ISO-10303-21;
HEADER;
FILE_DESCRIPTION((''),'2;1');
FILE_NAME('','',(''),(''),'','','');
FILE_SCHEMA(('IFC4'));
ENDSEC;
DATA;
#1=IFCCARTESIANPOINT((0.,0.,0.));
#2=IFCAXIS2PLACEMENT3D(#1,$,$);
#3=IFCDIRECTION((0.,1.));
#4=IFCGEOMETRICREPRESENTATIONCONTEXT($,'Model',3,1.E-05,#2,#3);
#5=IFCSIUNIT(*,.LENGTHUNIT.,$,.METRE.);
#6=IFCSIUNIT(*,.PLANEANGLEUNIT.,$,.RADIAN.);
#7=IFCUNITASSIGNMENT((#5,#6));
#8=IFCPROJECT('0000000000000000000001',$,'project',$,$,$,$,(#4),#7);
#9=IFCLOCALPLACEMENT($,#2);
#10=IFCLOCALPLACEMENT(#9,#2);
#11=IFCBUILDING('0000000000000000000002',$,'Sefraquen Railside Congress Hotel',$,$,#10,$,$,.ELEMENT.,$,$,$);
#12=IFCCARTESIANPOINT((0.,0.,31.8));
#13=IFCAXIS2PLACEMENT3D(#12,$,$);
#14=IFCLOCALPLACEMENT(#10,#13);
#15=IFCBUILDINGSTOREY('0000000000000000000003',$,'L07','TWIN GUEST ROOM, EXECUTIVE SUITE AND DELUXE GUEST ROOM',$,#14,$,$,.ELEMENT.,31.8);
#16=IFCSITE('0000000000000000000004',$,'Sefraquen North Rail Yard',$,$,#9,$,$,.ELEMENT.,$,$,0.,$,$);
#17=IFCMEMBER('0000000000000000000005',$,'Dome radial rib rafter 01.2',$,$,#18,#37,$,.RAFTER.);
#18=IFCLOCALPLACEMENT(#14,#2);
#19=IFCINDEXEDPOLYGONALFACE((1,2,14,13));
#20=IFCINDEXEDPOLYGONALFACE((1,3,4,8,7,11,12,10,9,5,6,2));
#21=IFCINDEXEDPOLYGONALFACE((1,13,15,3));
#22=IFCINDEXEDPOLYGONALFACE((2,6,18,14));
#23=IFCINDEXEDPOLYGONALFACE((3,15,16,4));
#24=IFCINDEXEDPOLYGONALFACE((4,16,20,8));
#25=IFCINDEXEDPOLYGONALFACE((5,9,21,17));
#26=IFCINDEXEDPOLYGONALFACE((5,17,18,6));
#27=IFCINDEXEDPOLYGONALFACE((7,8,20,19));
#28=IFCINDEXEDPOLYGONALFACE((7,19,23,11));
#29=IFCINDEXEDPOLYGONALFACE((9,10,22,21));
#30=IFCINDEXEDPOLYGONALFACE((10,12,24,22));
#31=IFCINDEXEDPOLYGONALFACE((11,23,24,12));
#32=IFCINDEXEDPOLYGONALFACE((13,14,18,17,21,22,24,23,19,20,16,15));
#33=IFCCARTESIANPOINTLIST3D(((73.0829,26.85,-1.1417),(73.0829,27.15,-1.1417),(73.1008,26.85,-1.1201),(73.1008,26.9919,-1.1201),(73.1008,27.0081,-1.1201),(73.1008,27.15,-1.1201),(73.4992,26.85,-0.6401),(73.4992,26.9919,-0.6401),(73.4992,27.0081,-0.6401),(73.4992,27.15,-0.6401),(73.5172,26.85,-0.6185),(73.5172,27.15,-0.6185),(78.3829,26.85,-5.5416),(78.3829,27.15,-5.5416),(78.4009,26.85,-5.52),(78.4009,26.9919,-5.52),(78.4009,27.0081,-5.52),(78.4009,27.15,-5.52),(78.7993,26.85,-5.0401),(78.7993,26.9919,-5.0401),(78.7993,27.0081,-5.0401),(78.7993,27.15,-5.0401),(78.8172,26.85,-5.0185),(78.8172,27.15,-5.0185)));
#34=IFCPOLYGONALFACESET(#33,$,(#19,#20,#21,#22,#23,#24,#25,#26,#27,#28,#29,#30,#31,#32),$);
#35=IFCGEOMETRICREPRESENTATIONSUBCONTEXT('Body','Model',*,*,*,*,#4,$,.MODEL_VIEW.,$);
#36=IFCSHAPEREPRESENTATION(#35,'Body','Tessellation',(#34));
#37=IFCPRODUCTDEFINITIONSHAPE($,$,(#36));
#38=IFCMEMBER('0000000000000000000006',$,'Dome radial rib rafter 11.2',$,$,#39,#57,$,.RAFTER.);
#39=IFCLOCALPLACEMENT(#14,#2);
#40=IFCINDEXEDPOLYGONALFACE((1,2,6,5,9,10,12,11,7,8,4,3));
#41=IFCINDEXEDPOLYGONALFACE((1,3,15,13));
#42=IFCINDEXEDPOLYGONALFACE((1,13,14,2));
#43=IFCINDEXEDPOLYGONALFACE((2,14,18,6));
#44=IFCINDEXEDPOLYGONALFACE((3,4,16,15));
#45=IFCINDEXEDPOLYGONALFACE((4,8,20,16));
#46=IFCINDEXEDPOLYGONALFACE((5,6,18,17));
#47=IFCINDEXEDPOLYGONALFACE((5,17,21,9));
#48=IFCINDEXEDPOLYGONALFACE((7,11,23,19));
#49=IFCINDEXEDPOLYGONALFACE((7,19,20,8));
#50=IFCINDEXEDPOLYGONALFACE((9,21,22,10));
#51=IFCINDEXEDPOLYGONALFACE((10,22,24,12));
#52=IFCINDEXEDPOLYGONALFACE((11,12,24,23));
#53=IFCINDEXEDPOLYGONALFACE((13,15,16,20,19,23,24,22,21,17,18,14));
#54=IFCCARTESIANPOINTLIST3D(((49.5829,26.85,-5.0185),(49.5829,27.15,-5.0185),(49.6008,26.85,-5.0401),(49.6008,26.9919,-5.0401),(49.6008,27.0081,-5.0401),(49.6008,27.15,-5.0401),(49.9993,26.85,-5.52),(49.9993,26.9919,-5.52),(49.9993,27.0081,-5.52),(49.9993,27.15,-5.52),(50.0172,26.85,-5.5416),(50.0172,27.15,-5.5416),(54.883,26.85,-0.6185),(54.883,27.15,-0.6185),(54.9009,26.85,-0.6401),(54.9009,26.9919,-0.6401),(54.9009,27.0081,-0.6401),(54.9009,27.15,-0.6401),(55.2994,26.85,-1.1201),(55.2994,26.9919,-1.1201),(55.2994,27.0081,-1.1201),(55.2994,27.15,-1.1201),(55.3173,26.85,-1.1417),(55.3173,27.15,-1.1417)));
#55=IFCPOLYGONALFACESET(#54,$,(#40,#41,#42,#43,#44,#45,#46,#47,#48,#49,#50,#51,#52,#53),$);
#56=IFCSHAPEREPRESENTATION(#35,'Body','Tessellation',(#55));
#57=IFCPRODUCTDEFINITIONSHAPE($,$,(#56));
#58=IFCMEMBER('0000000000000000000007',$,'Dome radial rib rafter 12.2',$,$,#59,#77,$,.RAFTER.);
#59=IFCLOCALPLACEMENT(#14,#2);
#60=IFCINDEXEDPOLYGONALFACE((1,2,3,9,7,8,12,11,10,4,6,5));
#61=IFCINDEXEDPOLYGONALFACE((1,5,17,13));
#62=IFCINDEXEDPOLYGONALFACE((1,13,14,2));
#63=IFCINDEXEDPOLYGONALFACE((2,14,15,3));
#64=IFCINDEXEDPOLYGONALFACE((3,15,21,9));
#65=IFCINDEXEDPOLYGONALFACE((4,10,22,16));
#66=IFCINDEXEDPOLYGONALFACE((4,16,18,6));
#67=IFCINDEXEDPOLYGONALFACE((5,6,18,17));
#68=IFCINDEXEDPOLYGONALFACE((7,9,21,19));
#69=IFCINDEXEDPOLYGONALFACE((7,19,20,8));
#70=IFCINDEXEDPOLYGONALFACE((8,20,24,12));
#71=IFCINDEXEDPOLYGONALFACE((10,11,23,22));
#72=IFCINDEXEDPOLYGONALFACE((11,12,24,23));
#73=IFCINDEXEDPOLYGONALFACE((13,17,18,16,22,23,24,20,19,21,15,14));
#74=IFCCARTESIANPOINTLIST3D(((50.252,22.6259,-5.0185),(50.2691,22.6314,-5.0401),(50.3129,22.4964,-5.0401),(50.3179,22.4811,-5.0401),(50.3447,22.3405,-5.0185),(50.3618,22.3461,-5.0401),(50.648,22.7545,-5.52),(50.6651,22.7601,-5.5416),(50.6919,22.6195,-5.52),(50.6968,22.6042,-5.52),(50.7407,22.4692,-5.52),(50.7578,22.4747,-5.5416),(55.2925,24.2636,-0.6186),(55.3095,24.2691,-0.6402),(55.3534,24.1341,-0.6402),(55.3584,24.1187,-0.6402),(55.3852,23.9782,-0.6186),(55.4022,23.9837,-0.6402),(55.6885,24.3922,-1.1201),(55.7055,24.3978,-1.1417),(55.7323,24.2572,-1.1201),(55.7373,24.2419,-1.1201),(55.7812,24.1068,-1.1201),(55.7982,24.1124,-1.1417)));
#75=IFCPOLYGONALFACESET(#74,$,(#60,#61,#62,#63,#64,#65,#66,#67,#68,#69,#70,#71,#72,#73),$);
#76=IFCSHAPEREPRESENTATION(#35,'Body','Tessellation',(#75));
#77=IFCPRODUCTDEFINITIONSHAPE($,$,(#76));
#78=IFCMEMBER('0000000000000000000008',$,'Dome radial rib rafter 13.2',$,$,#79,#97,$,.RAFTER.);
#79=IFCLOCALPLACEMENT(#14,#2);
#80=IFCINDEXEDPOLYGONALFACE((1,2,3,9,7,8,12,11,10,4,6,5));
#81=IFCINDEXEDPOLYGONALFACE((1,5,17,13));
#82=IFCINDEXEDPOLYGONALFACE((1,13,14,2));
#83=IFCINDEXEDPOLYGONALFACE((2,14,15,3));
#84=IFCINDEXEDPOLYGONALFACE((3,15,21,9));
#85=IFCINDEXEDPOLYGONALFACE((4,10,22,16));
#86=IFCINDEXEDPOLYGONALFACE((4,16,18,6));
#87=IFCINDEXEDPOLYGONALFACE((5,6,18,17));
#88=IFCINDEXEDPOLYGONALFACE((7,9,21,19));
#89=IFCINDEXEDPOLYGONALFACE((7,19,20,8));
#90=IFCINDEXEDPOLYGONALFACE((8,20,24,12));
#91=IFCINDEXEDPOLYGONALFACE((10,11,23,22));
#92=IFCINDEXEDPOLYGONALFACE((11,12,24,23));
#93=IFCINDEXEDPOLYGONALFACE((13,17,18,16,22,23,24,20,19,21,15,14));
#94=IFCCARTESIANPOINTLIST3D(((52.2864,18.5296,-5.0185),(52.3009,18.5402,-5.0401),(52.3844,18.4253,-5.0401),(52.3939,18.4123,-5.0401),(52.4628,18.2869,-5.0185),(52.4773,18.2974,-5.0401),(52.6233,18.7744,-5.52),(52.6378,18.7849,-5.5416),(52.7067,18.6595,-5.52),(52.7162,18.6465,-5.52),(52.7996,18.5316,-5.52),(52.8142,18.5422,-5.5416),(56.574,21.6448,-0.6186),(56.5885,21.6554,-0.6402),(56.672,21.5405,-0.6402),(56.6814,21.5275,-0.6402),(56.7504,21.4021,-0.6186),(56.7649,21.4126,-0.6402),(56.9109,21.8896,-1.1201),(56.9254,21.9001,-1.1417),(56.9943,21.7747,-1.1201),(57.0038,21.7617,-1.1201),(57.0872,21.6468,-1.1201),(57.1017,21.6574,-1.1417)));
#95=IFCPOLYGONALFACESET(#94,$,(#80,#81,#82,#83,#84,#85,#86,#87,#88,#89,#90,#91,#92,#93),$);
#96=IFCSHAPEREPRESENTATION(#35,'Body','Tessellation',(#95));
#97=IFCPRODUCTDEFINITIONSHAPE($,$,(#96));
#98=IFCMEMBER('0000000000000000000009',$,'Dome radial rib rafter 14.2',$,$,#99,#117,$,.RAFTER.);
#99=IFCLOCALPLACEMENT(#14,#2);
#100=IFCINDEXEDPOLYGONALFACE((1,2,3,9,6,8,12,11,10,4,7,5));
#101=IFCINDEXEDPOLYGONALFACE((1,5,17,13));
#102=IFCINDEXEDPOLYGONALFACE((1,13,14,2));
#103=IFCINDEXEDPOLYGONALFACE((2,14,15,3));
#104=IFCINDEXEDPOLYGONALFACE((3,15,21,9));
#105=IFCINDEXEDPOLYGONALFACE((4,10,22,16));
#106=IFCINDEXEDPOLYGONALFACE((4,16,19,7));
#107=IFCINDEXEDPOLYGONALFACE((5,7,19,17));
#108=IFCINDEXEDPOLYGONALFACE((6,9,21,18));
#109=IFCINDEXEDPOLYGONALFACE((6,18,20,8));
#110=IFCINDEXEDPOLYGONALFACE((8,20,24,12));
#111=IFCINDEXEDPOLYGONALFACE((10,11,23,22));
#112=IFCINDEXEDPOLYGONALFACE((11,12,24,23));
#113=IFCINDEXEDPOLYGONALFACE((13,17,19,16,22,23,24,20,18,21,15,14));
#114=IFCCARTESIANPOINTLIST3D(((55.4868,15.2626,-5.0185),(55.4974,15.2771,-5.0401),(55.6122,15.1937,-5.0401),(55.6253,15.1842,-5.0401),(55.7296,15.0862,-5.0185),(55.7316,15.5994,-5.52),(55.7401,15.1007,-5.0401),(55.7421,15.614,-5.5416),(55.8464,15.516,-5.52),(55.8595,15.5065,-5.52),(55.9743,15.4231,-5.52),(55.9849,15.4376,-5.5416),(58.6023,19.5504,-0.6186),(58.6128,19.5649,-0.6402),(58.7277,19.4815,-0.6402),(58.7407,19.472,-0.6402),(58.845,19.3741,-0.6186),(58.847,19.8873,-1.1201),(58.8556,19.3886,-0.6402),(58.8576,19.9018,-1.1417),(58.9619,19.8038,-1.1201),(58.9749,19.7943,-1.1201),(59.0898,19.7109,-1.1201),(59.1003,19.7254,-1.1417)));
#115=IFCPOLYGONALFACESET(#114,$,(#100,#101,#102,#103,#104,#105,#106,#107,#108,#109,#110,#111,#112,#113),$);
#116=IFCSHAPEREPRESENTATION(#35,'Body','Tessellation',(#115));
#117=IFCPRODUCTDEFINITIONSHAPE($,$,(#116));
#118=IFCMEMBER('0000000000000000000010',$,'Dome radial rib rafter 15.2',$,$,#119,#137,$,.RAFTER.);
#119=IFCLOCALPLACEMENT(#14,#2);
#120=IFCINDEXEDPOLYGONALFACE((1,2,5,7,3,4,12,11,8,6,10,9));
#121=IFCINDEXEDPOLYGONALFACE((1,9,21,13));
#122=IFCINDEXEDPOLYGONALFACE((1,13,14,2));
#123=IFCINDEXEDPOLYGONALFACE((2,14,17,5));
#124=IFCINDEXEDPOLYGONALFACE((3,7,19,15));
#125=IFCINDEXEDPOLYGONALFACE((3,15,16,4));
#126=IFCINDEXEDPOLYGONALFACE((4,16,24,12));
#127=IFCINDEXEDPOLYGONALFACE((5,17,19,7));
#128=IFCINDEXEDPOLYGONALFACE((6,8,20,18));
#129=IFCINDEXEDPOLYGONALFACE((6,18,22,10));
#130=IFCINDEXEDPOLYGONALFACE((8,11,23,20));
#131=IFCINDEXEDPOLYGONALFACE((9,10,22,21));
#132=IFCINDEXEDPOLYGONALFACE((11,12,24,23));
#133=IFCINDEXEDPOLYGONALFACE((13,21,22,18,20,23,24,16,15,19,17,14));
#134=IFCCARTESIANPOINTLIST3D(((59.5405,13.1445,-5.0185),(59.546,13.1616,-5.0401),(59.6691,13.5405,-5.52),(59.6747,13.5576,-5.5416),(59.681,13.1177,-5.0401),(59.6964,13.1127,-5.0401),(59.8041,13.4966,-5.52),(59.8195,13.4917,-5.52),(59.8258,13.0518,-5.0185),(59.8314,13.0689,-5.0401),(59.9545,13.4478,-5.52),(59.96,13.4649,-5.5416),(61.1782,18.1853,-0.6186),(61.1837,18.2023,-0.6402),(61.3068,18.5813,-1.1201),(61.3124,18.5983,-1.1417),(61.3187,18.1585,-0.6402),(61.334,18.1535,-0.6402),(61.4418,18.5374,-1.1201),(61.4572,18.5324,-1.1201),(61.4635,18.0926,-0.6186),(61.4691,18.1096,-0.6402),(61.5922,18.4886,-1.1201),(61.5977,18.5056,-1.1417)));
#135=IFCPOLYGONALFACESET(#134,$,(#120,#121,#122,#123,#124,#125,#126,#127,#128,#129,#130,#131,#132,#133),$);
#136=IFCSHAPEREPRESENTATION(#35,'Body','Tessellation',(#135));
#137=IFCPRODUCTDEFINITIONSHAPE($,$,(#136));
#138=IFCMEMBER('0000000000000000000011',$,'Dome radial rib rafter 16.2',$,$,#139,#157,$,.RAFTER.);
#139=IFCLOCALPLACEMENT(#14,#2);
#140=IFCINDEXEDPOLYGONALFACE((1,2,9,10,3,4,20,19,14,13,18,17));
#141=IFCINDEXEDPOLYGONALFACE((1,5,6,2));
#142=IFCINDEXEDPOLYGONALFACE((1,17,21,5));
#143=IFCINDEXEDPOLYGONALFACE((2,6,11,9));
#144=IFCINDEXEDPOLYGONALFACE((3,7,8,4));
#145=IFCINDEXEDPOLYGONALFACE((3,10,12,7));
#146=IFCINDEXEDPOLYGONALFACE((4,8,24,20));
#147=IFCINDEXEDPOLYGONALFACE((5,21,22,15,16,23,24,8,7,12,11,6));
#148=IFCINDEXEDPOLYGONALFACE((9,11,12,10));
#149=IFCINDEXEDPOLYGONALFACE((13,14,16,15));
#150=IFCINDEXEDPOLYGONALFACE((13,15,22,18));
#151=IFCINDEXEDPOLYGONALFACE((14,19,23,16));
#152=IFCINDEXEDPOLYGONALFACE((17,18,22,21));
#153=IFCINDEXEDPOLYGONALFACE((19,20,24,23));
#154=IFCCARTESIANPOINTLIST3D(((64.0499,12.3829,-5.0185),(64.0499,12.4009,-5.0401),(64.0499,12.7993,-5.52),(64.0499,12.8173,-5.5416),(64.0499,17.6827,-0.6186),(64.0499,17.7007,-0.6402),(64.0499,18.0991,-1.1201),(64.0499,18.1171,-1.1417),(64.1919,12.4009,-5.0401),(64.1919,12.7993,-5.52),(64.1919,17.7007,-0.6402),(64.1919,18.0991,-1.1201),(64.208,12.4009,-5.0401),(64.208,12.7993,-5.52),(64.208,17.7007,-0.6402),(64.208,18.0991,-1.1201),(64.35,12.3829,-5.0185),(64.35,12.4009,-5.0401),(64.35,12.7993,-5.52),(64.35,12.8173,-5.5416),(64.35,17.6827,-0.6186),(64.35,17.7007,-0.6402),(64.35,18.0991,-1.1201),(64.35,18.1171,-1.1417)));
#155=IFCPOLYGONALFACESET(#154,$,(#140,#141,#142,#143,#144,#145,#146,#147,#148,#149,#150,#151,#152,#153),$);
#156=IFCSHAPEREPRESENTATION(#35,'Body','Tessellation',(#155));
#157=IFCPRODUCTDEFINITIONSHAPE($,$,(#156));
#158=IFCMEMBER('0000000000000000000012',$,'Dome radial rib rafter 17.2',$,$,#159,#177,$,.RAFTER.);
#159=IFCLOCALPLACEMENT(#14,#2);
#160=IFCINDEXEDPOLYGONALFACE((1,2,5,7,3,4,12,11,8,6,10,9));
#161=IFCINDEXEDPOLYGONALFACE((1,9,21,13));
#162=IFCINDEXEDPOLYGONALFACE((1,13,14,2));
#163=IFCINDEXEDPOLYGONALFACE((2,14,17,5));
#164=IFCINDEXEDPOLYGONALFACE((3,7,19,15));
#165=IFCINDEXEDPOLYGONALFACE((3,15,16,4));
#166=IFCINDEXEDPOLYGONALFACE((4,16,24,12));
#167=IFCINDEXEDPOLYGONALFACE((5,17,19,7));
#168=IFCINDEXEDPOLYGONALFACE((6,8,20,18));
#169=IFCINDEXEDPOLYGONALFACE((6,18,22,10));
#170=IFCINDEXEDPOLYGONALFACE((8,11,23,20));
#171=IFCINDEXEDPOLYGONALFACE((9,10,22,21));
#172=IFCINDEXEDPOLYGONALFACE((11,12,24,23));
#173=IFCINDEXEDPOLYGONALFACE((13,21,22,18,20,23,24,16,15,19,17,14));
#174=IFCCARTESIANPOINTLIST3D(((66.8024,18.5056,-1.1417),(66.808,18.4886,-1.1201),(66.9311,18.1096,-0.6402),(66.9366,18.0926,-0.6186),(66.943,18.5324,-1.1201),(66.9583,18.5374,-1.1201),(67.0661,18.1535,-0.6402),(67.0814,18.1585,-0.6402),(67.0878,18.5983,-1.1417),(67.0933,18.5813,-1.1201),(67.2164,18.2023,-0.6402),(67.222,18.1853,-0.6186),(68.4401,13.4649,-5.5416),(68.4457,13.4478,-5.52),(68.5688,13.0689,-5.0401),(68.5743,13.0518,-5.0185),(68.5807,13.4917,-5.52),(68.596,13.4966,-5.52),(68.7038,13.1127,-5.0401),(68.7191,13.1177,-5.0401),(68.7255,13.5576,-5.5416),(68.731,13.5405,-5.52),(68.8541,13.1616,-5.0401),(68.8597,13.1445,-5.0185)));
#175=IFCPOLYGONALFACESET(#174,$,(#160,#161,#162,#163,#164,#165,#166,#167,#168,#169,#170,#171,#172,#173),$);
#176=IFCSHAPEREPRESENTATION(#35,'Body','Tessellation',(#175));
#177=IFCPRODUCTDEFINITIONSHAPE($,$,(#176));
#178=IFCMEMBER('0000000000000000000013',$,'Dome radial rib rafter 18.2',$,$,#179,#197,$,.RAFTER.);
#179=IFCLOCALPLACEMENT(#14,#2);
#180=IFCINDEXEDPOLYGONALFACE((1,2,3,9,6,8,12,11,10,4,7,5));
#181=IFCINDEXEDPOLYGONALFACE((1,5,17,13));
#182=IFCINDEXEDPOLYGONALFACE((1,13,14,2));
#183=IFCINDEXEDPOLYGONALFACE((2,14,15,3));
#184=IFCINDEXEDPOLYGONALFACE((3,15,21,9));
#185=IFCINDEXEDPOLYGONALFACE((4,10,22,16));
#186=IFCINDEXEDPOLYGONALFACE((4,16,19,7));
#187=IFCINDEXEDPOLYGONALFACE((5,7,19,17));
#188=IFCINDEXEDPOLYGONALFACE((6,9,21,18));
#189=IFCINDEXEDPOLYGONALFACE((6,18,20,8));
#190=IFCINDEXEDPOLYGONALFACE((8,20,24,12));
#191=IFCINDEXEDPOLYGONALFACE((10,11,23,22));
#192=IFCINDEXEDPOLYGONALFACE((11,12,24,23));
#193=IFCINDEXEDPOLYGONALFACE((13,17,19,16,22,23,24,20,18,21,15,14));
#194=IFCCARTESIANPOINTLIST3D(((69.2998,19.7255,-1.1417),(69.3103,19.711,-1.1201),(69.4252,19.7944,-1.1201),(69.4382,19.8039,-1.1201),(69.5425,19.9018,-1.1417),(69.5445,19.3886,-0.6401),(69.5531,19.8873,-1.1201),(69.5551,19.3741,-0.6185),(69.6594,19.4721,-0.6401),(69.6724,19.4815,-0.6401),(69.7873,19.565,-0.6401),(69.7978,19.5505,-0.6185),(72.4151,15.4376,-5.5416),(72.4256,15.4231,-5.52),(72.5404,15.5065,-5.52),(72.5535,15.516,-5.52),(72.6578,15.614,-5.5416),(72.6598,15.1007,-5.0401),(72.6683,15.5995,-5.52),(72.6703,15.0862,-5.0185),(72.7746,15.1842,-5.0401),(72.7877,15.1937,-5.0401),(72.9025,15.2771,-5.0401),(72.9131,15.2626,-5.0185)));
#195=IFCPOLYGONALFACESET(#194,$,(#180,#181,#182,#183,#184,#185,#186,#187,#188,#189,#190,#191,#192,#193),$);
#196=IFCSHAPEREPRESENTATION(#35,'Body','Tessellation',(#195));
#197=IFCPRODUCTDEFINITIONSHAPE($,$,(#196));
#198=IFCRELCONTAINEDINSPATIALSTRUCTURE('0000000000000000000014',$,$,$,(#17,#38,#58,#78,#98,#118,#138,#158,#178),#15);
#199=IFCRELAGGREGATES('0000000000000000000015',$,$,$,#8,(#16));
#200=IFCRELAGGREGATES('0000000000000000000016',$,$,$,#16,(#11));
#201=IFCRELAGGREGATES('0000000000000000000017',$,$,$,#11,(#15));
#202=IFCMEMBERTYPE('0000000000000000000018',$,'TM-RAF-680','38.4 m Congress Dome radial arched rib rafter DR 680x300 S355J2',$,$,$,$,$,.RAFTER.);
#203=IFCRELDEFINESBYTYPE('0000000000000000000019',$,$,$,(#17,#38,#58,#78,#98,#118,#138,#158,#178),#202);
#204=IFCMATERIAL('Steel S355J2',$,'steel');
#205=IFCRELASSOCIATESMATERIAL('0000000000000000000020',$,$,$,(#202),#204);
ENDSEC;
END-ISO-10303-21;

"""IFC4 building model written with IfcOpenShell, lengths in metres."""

from ifc_helpers import new_model, si_unit, direction, frame, origin, origin_2d, place, context, subcontext, project, spatial, i_section, extrude, material, material_profile, profile_set, type_object, element, save


model = new_model("IFC4")

# Units and contexts
model_context = context("Model", 3, precision=1e-05, world=origin(), true_north=direction((0.0, 1.0)))
body_context = subcontext(model_context, "Body", "Model", "MODEL_VIEW")
ifc_project = project(units=[si_unit("LENGTHUNIT", "METRE"), si_unit("PLANEANGLEUNIT", "RADIAN")], contexts=[model_context])

# Site, building, storey
site_placement = place(None, origin())
site = spatial("IfcSite", under=ifc_project, at=site_placement, Name="Sefraquen North Rail Yard", CompositionType="ELEMENT", RefElevation=0.0)
building_placement = place(site_placement, origin())
building = spatial("IfcBuilding", under=site, at=building_placement, Name="Sefraquen Railside Congress Hotel", CompositionType="ELEMENT")
storey_placement = place(building_placement, frame((0.0, 0.0, 31.8)))
storey = spatial("IfcBuildingStorey", under=building, at=storey_placement, Name="L07", Description="TWIN GUEST ROOM, EXECUTIVE SUITE AND DELUXE GUEST ROOM", CompositionType="ELEMENT", Elevation=31.8)

# Members
ifc_material_1 = material(Name="Steel S355J2", Category="steel")
ifc_material_profile = material_profile(ifc_material_1, i_section(OverallWidth=0.3, OverallDepth=0.6799, WebThickness=0.0161, FlangeThickness=0.0281, at=origin_2d()), Name="DR 680x300")
ifc_profile_set = profile_set([ifc_material_profile], Name="Steel S355J2")
member_type = type_object("IfcMemberType", Name="TM-RAF-680", Description="38.4 m Congress Dome radial arched rib rafter DR 680x300 S355J2", PredefinedType="RAFTER", material=ifc_profile_set)
for number, where, z_axis, x_axis, name in (
    (1, (78.6001, 27.0, -5.28), (-0.76942, 0.0, 0.638743), (0.0, -1.0, 0.0), "Dome radial rib rafter 01.2"),
    (2, (49.8, 27.0, -5.28), (0.76942, 0.0, 0.638743), (0.0, 1.0, 0.0), "Dome radial rib rafter 11.2"),
):
    element("IfcMember", number, at=place(storey_placement, frame(where, z_axis=z_axis, x_axis=x_axis)), inside=storey, type_object=member_type, Name=name, PredefinedType="RAFTER", context=body_context, shape_type="SweptSolid", body=[
        extrude(i_section(OverallWidth=0.3, OverallDepth=0.6799, WebThickness=0.0161, FlangeThickness=0.0281, at=origin_2d()), origin(), (0.0, 0.0, 1.0), 6.8884),
    ])
for number, where, z_axis, x_axis, name in (
    (3, (50.5049, 22.5503, -5.28), (0.731756, 0.237752, 0.638754), (-0.309005, 0.95106, 0.0), "Dome radial rib rafter 12.2"),
    (4, (52.5503, 18.5359, -5.28), (0.622455, 0.452257, 0.638759), (-0.587799, 0.809007, 0.0), "Dome radial rib rafter 13.2"),
):
    element("IfcMember", number, at=place(storey_placement, frame(where, z_axis=z_axis, x_axis=x_axis)), inside=storey, type_object=member_type, Name=name, PredefinedType="RAFTER", context=body_context, shape_type="SweptSolid", body=[
        extrude(i_section(OverallWidth=0.3, OverallDepth=0.6799, WebThickness=0.0161, FlangeThickness=0.0281, at=origin_2d()), origin(), (0.0, 0.0, 1.0), 6.8882),
    ])
for number, where, z_axis, x_axis, name in (
    (5, (55.7358, 15.3501, -5.28), (0.452275, 0.622467, 0.638735), (-0.809001, 0.587807, 0.0), "Dome radial rib rafter 14.2"),
    (6, (59.7502, 13.3047, -5.28), (0.237746, 0.731773, 0.638737), (-0.951065, 0.308991, 0.0), "Dome radial rib rafter 15.2"),
):
    element("IfcMember", number, at=place(storey_placement, frame(where, z_axis=z_axis, x_axis=x_axis)), inside=storey, type_object=member_type, Name=name, PredefinedType="RAFTER", context=body_context, shape_type="SweptSolid", body=[
        extrude(i_section(OverallWidth=0.3, OverallDepth=0.6799, WebThickness=0.0161, FlangeThickness=0.0281, at=origin_2d()), origin(), (0.0, 0.0, 1.0), 6.8884),
    ])
member_placement = place(storey_placement, frame((64.2, 12.6001, -5.28), z_axis=(0.0, 0.769405, 0.638761), x_axis=(-1.0, 0.0, 0.0)))
element("IfcMember", 7, at=member_placement, inside=storey, type_object=member_type, Name="Dome radial rib rafter 16.2", PredefinedType="RAFTER", context=body_context, shape_type="SweptSolid", body=[
    extrude(i_section(OverallWidth=0.3, OverallDepth=0.6799, WebThickness=0.0161, FlangeThickness=0.0281, at=origin_2d()), origin(), (0.0, 0.0, 1.0), 6.8882),
])
for number, where, z_axis, x_axis, name in (
    (8, (68.6499, 13.3047, -5.28), (-0.237746, 0.731773, 0.638737), (-0.951065, -0.308991, 0.0), "Dome radial rib rafter 17.2"),
    (9, (72.6641, 15.3501, -5.28), (-0.452247, 0.622477, 0.638745), (-0.809023, -0.587777, 0.0), "Dome radial rib rafter 18.2"),
):
    element("IfcMember", number, at=place(storey_placement, frame(where, z_axis=z_axis, x_axis=x_axis)), inside=storey, type_object=member_type, Name=name, PredefinedType="RAFTER", context=body_context, shape_type="SweptSolid", body=[
        extrude(i_section(OverallWidth=0.3, OverallDepth=0.6799, WebThickness=0.0161, FlangeThickness=0.0281, at=origin_2d()), origin(), (0.0, 0.0, 1.0), 6.8884),
    ])

save(model, "model.ifc")
